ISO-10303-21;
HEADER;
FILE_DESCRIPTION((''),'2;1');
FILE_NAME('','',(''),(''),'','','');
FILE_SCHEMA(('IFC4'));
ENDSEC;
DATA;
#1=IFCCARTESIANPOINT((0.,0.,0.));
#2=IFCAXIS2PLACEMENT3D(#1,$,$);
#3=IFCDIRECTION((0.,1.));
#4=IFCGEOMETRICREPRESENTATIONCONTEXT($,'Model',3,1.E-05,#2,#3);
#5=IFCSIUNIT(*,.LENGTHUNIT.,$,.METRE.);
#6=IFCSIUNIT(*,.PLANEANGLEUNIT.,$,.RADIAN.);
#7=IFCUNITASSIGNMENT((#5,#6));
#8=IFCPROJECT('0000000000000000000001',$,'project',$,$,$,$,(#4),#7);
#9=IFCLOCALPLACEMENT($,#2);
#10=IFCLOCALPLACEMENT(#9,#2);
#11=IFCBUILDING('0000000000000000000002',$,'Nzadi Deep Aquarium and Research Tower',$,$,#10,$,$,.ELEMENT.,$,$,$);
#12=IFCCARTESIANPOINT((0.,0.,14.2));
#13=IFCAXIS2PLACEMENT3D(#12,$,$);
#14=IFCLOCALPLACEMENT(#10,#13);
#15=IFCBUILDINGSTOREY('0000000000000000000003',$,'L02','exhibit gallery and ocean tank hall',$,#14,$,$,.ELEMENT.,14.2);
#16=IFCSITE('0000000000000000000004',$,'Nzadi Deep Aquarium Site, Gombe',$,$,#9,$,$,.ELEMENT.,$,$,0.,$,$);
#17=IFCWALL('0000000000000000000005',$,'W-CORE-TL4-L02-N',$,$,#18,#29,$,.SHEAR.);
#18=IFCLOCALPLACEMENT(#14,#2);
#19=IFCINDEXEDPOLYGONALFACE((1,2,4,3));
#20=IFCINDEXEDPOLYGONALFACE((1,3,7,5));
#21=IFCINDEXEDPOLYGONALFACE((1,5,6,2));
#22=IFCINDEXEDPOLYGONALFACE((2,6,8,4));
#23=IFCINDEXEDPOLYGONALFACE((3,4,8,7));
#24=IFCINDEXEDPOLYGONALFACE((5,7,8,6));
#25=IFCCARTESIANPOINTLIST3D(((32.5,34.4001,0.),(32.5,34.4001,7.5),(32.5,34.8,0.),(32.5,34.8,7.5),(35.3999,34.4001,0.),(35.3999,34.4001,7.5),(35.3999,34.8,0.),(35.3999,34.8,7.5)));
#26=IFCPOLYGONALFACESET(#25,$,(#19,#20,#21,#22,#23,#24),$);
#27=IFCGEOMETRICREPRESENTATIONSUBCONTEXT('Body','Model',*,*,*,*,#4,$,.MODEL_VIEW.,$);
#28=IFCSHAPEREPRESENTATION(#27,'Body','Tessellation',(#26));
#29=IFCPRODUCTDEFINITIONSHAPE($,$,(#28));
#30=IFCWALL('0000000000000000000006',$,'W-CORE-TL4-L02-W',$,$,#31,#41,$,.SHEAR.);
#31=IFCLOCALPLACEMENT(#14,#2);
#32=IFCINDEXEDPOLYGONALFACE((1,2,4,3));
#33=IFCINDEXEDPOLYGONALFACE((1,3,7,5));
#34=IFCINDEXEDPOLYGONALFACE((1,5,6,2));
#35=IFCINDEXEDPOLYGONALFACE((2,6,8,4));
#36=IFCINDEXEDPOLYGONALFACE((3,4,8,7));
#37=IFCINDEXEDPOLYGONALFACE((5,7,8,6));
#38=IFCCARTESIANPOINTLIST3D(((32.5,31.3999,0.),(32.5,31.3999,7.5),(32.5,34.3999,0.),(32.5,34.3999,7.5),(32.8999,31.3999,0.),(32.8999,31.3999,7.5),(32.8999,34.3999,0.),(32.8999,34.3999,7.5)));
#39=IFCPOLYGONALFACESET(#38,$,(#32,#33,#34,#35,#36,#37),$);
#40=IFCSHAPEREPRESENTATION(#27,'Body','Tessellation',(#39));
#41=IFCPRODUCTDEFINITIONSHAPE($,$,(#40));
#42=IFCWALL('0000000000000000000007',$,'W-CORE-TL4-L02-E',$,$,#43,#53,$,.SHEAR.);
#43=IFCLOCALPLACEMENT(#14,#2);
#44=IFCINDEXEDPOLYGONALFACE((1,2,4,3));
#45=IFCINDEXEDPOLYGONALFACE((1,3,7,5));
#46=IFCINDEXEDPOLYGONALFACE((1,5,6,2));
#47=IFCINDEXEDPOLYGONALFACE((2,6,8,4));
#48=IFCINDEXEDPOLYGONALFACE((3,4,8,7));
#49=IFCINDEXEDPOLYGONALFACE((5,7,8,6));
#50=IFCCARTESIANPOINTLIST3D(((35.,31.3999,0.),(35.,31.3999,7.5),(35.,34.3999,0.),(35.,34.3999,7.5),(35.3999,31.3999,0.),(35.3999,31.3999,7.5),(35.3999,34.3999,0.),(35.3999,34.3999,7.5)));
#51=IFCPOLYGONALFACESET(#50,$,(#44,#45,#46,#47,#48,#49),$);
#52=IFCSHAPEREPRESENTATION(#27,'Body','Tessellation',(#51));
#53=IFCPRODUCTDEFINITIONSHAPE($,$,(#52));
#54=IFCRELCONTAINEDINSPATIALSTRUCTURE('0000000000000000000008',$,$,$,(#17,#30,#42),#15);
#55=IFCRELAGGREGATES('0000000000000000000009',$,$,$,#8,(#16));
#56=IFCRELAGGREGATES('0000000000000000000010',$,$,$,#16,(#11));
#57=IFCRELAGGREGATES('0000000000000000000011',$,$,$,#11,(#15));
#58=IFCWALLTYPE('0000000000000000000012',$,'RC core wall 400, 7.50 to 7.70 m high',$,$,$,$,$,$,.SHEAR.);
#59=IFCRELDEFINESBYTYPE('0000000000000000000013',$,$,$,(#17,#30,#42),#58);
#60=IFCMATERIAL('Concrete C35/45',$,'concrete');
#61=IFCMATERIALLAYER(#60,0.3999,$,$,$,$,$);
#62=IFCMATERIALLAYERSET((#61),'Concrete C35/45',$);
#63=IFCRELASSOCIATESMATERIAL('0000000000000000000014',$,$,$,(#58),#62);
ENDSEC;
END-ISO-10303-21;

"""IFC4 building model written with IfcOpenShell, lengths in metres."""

from ifc_helpers import new_model, si_unit, direction, frame, frame_2d, origin, place, context, subcontext, project, spatial, rectangle, extrude, material, layer, layer_set, type_object, element, save


model = new_model("IFC4")

# Units and contexts
model_context = context("Model", 3, precision=1e-05, world=origin(), true_north=direction((0.0, 1.0)))
body_context = subcontext(model_context, "Body", "Model", "MODEL_VIEW")
ifc_project = project(units=[si_unit("LENGTHUNIT", "METRE"), si_unit("PLANEANGLEUNIT", "RADIAN")], contexts=[model_context])

# Site, building, storey
site_placement = place(None, origin())
site = spatial("IfcSite", under=ifc_project, at=site_placement, Name="Nzadi Deep Aquarium Site, Gombe", CompositionType="ELEMENT", RefElevation=0.0)
building_placement = place(site_placement, origin())
building = spatial("IfcBuilding", under=site, at=building_placement, Name="Nzadi Deep Aquarium and Research Tower", CompositionType="ELEMENT")
storey_placement = place(building_placement, frame((0.0, 0.0, 14.2)))
storey = spatial("IfcBuildingStorey", under=building, at=storey_placement, Name="L02", Description="exhibit gallery and ocean tank hall", CompositionType="ELEMENT", Elevation=14.2)

# Shared definitions
ifc_material_1 = material(Name="Concrete C35/45", Category="concrete")
ifc_layer_1 = layer(ifc_material_1, 0.3999)
ifc_layer_set_1 = layer_set([ifc_layer_1], Name="Concrete C35/45")
wall_type_1 = type_object("IfcWallType", Name="RC core wall 400, 7.50 to 7.70 m high", PredefinedType="SHEAR", material=ifc_layer_set_1)

# Walls
wall_1_placement = place(storey_placement, frame((32.5, 34.6001, 0.0), z_axis=(0.0, 0.0, 1.0), x_axis=(1.0, 0.0, 0.0)))
element("IfcWall", 1, at=wall_1_placement, inside=storey, type_object=wall_type_1, Name="W-CORE-TL4-L02-N", PredefinedType="SHEAR", context=body_context, shape_type="SweptSolid", body=[
    extrude(rectangle(XDim=2.8999, YDim=0.3999, at=frame_2d((1.45, 0.0))), origin(), (0.0, 0.0, 1.0), 7.5),
])
for number, where, z_axis, x_axis, name in (
    (2, (32.7, 31.3999, 0.0), (0.0, 0.0, 1.0), (0.0, 1.0, 0.0), "W-CORE-TL4-L02-W"),
    (3, (35.2, 31.3999, 0.0), (0.0, 0.0, 1.0), (0.0, 1.0, 0.0), "W-CORE-TL4-L02-E"),
):
    element("IfcWall", number, at=place(storey_placement, frame(where, z_axis=z_axis, x_axis=x_axis)), inside=storey, type_object=wall_type_1, Name=name, PredefinedType="SHEAR", context=body_context, shape_type="SweptSolid", body=[
        extrude(rectangle(XDim=3.0, YDim=0.3999, at=frame_2d((1.5, 0.0))), origin(), (0.0, 0.0, 1.0), 7.5),
    ])

save(model, "model.ifc")
